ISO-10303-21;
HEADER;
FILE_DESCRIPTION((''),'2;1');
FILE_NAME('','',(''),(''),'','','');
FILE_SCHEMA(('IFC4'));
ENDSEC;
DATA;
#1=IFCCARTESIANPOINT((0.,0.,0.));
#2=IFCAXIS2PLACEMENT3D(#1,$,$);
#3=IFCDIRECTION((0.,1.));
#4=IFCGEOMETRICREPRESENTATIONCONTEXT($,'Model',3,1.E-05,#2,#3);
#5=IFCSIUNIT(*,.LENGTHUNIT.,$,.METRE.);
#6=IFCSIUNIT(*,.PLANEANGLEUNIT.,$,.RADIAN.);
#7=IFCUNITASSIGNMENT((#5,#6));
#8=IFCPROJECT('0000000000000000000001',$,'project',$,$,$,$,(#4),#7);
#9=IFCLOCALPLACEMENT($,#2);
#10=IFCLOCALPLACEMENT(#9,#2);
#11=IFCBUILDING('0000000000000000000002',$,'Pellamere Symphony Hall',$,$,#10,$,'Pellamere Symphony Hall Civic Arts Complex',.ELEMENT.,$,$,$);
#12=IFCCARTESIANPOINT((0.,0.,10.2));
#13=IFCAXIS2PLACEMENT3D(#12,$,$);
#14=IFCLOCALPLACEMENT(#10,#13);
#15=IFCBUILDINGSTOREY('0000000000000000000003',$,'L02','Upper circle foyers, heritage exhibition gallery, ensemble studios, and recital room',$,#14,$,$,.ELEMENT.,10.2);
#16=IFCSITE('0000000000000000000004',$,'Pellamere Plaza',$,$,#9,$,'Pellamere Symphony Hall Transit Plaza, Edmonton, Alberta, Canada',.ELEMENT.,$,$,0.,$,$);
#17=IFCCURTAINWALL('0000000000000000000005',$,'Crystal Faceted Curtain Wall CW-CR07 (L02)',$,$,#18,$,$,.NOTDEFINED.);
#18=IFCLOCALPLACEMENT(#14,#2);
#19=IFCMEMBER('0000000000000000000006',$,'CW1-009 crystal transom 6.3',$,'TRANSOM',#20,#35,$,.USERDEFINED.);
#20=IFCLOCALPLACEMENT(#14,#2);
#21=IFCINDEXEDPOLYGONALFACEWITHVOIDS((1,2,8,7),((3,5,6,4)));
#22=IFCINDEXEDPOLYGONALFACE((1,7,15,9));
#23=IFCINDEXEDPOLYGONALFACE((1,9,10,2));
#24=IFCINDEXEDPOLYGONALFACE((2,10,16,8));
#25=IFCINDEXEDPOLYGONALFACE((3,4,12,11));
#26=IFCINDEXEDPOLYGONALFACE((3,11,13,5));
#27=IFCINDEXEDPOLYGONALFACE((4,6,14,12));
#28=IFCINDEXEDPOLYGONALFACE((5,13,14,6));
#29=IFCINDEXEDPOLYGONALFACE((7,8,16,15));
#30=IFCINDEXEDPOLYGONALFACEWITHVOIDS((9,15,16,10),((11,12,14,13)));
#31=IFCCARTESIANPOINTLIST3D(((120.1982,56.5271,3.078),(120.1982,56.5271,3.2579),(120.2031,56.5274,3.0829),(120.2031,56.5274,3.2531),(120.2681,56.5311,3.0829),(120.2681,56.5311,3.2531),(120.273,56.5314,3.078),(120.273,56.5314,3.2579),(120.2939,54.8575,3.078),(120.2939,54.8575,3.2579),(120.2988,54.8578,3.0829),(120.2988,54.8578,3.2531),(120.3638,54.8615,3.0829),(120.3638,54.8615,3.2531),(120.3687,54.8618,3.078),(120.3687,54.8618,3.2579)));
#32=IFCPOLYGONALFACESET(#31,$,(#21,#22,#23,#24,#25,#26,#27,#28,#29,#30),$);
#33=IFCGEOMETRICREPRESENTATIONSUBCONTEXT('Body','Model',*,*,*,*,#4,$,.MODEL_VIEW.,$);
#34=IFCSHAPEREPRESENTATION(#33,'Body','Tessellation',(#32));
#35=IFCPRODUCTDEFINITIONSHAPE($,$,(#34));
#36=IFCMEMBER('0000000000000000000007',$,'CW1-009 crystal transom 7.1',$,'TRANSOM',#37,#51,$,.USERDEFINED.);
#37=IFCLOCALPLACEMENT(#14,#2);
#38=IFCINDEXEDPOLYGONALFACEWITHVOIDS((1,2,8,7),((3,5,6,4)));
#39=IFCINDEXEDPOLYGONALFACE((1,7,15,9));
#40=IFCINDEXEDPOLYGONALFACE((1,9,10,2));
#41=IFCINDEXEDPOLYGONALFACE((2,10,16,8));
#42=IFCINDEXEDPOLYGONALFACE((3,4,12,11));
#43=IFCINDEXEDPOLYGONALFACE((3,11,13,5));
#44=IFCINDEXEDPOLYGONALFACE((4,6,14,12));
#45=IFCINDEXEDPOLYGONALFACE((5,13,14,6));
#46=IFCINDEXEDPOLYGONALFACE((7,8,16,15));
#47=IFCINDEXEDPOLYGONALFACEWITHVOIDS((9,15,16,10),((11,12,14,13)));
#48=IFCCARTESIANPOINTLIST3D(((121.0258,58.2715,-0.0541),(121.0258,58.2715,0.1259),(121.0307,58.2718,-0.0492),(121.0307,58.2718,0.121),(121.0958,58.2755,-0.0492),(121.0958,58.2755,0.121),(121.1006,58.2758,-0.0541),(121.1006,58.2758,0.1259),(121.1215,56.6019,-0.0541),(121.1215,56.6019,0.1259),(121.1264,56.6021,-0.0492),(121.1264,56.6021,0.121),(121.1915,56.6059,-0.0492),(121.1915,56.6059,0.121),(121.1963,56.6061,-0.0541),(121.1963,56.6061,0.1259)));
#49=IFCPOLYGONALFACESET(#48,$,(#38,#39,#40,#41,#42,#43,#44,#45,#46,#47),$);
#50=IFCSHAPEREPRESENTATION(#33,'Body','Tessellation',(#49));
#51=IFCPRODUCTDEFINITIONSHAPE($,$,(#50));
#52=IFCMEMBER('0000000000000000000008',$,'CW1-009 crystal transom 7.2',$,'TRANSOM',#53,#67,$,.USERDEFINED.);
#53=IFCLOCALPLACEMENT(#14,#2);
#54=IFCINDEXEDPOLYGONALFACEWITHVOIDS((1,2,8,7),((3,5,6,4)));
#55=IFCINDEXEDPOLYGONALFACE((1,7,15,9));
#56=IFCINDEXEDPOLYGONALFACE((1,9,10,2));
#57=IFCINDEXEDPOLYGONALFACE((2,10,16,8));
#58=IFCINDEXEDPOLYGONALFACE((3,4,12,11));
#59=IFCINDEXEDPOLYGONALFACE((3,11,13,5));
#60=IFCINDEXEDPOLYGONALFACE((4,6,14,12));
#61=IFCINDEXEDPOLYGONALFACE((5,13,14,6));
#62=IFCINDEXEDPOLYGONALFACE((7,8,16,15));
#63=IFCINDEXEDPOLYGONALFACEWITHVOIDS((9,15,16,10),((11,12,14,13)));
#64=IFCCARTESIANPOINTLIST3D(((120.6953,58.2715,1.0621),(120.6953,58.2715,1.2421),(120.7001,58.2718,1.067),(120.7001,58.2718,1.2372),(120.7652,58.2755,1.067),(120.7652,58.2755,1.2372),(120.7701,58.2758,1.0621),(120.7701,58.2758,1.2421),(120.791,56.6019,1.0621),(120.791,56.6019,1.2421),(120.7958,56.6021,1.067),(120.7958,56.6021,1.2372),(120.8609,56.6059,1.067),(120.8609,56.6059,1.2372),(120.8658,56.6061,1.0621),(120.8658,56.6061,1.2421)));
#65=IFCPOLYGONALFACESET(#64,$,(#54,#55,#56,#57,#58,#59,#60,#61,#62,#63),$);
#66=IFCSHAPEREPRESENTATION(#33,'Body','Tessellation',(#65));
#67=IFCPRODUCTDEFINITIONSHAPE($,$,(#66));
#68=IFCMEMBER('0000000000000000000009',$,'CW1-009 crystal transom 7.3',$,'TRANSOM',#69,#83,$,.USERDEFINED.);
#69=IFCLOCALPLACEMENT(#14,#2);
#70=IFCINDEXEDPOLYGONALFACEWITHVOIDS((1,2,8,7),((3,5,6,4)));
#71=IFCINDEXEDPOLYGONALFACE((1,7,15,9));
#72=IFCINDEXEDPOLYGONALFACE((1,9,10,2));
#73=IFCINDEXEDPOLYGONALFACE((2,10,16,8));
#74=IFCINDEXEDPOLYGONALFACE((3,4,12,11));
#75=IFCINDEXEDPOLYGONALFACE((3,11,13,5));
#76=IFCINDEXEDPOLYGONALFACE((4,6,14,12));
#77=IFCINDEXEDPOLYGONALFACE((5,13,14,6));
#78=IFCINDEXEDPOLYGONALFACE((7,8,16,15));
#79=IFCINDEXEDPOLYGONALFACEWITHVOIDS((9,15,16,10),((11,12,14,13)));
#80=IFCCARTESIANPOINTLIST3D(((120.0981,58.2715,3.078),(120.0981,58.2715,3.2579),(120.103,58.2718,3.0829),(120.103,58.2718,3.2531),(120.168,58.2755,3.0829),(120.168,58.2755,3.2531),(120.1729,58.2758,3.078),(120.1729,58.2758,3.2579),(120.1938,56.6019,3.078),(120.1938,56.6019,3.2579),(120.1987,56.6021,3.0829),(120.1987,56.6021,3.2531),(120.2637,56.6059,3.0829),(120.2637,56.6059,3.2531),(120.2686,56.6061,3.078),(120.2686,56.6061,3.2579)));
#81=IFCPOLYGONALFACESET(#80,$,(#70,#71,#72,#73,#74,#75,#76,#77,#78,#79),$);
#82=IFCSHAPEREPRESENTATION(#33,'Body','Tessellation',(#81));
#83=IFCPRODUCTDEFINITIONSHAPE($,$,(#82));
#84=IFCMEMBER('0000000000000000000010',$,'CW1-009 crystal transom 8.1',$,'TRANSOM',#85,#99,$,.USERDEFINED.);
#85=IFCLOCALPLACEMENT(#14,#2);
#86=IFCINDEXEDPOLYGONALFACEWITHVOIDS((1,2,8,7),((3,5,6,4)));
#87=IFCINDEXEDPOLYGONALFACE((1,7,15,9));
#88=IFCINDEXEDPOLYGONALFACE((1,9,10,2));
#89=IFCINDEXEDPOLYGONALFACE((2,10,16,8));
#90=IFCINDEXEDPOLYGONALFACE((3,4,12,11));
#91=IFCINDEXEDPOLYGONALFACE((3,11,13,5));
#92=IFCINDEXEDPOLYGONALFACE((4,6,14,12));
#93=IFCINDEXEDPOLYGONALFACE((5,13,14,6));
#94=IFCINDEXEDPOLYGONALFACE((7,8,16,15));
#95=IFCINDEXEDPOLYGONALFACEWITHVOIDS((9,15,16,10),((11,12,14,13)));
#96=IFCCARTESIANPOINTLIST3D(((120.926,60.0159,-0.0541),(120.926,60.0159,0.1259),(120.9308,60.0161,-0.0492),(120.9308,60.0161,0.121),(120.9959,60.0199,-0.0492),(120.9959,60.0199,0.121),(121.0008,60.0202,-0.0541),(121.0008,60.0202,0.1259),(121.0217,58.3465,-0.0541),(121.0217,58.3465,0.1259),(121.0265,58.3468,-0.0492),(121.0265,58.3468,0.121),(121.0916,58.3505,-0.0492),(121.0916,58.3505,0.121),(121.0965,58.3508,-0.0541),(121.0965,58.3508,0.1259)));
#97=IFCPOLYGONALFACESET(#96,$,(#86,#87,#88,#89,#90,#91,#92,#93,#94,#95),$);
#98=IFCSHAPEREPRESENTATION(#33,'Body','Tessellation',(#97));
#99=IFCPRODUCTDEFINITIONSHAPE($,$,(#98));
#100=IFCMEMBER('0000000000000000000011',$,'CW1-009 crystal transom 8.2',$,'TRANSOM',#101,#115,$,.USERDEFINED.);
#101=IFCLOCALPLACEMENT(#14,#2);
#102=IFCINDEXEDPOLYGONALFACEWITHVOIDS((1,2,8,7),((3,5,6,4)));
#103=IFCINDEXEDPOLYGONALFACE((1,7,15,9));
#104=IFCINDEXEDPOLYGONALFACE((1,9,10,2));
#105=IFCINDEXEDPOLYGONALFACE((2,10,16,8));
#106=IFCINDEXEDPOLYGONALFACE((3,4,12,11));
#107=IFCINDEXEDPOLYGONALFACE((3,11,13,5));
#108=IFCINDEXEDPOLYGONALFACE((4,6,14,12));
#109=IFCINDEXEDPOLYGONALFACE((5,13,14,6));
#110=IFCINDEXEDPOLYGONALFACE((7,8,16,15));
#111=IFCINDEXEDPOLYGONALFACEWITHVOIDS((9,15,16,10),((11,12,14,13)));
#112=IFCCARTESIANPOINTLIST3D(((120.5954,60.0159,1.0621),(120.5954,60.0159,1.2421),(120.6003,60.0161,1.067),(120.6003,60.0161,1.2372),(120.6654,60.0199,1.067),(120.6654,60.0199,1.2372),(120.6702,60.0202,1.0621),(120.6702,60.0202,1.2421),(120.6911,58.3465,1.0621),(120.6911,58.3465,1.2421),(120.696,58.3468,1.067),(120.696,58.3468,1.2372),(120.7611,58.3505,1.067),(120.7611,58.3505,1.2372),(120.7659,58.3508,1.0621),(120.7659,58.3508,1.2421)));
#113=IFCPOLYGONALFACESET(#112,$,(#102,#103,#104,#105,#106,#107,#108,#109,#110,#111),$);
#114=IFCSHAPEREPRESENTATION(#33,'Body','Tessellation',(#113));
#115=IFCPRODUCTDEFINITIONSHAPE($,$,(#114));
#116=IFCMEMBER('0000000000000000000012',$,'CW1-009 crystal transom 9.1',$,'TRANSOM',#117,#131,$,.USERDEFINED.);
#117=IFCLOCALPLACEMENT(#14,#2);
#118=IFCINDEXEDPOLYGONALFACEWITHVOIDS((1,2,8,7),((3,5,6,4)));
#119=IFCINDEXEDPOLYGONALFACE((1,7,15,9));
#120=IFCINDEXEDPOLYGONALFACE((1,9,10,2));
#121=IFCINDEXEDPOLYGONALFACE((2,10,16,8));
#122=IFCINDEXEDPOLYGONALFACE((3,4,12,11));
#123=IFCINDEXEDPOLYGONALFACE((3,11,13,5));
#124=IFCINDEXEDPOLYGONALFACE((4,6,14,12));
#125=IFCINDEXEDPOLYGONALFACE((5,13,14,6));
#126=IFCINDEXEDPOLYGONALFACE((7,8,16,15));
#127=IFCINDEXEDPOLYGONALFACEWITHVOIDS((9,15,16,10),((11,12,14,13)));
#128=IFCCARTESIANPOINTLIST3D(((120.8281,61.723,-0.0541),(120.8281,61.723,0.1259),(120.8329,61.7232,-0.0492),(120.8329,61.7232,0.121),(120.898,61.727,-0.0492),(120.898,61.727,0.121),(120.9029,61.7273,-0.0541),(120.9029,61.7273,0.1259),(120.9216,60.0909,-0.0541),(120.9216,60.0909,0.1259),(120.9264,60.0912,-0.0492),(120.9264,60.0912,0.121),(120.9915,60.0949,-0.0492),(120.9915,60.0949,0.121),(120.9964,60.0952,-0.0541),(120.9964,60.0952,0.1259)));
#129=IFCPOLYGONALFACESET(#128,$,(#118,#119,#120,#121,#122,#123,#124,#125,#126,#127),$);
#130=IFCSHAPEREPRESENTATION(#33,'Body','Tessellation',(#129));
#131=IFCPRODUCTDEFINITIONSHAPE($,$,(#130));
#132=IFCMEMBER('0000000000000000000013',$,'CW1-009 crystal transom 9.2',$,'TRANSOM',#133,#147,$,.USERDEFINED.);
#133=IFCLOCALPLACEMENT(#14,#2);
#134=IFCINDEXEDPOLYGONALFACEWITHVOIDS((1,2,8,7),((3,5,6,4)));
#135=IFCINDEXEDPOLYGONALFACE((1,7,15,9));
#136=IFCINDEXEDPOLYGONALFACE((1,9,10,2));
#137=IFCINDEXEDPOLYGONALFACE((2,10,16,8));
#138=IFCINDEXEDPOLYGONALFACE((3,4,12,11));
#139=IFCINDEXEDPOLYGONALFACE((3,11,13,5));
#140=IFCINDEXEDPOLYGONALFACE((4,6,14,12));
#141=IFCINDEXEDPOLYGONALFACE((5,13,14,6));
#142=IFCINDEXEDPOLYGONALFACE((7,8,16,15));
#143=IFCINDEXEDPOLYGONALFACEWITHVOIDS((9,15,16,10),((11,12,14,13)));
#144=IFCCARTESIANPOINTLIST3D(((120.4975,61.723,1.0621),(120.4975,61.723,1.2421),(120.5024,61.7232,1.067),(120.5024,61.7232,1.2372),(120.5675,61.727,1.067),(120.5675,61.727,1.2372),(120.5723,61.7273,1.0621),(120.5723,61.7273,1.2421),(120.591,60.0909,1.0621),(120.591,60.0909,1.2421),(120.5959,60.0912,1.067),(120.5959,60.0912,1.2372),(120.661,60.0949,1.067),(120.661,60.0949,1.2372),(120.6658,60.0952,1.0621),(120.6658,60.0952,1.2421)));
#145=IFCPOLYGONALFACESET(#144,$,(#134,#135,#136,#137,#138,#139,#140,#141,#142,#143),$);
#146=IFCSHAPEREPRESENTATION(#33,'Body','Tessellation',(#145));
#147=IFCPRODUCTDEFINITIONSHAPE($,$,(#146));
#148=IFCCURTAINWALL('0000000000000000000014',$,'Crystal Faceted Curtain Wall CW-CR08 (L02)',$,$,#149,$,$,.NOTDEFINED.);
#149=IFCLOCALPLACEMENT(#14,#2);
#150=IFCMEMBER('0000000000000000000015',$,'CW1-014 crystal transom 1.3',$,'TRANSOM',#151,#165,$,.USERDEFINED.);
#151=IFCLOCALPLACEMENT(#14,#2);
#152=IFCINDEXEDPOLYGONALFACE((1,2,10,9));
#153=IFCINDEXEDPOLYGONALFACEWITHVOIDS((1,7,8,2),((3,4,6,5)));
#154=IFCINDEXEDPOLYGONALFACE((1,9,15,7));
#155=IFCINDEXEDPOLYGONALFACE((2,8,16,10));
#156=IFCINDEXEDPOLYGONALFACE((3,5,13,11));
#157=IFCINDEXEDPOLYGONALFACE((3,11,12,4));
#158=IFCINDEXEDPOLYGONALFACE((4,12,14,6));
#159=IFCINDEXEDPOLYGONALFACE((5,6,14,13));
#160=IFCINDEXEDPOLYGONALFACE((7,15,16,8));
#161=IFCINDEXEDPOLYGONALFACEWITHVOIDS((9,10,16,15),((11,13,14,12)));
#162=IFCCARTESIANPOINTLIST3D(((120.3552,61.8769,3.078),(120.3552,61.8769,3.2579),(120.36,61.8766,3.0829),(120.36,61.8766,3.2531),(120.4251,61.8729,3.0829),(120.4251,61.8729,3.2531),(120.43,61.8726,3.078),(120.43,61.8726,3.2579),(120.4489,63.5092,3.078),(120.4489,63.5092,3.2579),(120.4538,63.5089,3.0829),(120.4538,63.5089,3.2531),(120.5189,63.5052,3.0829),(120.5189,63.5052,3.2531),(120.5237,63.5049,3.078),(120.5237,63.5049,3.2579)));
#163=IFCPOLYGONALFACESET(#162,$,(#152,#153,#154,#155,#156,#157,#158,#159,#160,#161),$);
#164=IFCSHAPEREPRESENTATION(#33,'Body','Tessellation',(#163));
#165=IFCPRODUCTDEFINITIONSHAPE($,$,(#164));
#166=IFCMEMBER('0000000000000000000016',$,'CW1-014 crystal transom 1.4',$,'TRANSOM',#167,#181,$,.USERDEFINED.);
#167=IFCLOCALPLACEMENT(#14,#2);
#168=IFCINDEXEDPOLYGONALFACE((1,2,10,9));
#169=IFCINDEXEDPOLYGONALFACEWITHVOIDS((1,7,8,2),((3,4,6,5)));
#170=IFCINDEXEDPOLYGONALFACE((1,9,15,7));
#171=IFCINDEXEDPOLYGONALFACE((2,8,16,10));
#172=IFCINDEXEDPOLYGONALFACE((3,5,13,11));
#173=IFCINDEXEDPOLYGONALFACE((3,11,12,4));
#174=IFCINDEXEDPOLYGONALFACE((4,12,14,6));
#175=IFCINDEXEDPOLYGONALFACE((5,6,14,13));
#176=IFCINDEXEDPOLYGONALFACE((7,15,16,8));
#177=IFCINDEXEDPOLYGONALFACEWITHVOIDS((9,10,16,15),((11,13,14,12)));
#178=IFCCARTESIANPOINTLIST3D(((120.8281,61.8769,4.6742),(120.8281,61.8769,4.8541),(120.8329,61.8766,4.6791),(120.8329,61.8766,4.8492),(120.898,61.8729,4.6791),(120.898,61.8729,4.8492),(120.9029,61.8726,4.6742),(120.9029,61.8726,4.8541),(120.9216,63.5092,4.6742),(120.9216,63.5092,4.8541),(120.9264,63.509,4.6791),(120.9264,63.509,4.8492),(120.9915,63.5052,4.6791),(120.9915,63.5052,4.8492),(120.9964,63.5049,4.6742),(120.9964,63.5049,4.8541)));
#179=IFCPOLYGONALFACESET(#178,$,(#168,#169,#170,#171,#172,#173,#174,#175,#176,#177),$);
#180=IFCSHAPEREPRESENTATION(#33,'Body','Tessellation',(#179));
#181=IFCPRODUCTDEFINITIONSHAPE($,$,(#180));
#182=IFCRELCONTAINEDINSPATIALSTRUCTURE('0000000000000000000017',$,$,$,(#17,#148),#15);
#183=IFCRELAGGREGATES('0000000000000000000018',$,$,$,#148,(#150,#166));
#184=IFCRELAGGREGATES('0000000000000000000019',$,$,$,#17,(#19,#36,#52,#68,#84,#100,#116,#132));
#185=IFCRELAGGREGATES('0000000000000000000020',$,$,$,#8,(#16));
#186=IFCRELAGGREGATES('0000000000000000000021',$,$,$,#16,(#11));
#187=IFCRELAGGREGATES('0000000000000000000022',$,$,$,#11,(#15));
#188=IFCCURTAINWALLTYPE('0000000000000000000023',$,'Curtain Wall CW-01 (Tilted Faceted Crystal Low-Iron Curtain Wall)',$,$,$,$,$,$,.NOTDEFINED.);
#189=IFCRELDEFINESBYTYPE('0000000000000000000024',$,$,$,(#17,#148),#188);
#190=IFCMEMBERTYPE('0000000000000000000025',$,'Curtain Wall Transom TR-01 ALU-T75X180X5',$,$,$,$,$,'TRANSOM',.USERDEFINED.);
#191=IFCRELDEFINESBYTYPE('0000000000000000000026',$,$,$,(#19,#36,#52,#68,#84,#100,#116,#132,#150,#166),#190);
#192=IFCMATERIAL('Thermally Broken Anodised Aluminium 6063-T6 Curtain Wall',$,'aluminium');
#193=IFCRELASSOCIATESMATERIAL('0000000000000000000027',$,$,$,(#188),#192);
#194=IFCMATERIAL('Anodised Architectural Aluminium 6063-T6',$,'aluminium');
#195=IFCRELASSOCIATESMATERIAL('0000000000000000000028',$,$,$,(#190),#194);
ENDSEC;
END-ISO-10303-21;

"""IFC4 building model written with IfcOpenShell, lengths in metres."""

from ifc_helpers import new_model, si_unit, direction, frame, origin, origin_2d, place, context, subcontext, project, spatial, hollow_rectangle, extrude, material, material_profile, profile_set, type_object, element, aggregate, save


model = new_model("IFC4")

# Units and contexts
model_context = context("Model", 3, precision=1e-05, world=origin(), true_north=direction((0.0, 1.0)))
body_context = subcontext(model_context, "Body", "Model", "MODEL_VIEW")
ifc_project = project(units=[si_unit("LENGTHUNIT", "METRE"), si_unit("PLANEANGLEUNIT", "RADIAN")], contexts=[model_context])

# Site, building, storey
site_placement = place(None, origin())
site = spatial("IfcSite", under=ifc_project, at=site_placement, Name="Pellamere Plaza", LongName="Pellamere Symphony Hall Transit Plaza, Edmonton, Alberta, Canada", CompositionType="ELEMENT", RefElevation=0.0)
building_placement = place(site_placement, origin())
building = spatial("IfcBuilding", under=site, at=building_placement, Name="Pellamere Symphony Hall", LongName="Pellamere Symphony Hall Civic Arts Complex", CompositionType="ELEMENT")
storey_placement = place(building_placement, frame((0.0, 0.0, 10.2)))
storey = spatial("IfcBuildingStorey", under=building, at=storey_placement, Name="L02", Description="Upper circle foyers, heritage exhibition gallery, ensemble studios, and recital room", CompositionType="ELEMENT", Elevation=10.2)

# Curtain wall
ifc_material_1 = material(Name="Thermally Broken Anodised Aluminium 6063-T6 Curtain Wall", Category="aluminium")
curtain_wall_type_1 = type_object("IfcCurtainWallType", Name="Curtain Wall CW-01 (Tilted Faceted Crystal Low-Iron Curtain Wall)", PredefinedType="NOTDEFINED", material=ifc_material_1)
curtain_wall_1_placement = place(storey_placement, origin())
curtain_wall_1 = element("IfcCurtainWall", 1, at=curtain_wall_1_placement, inside=storey, type_object=curtain_wall_type_1, Name="Crystal Faceted Curtain Wall CW-CR07 (L02)", PredefinedType="NOTDEFINED")
ifc_material_2 = material(Name="Anodised Architectural Aluminium 6063-T6", Category="aluminium")

# Members
ifc_material_profile_1 = material_profile(ifc_material_2, hollow_rectangle(XDim=0.075, YDim=0.1799, WallThickness=0.0049, at=origin_2d()), Name="ALU-T75X180X5")
ifc_profile_set_1 = profile_set([ifc_material_profile_1], Name="Anodised Architectural Aluminium 6063-T6")
member_type_1 = type_object("IfcMemberType", Name="Curtain Wall Transom TR-01 ALU-T75X180X5", ElementType="TRANSOM", PredefinedType="USERDEFINED", material=ifc_profile_set_1)
member_1_placement = place(storey_placement, frame((120.3313, 54.8596, 3.168), z_axis=(-0.057224, 0.998361, 0.0), x_axis=(-0.998361, -0.057224, 0.0)))
member_1 = element("IfcMember", 2, at=member_1_placement, type_object=member_type_1, Name="CW1-009 crystal transom 6.3", ObjectType="TRANSOM", PredefinedType="USERDEFINED", context=body_context, shape_type="SweptSolid", body=[
    extrude(hollow_rectangle(XDim=0.075, YDim=0.1799, WallThickness=0.0049, at=origin_2d()), origin(), (0.0, 0.0, 1.0), 1.6724),
])
member_2_placement = place(storey_placement, frame((121.1589, 56.604, 0.0359), z_axis=(-0.057224, 0.998361, 0.0), x_axis=(-0.998361, -0.057224, 0.0)))
member_2 = element("IfcMember", 3, at=member_2_placement, type_object=member_type_1, Name="CW1-009 crystal transom 7.1", ObjectType="TRANSOM", PredefinedType="USERDEFINED", context=body_context, shape_type="SweptSolid", body=[
    extrude(hollow_rectangle(XDim=0.075, YDim=0.1799, WallThickness=0.0049, at=origin_2d()), origin(), (0.0, 0.0, 1.0), 1.6724),
])
member_3_placement = place(storey_placement, frame((120.8284, 56.604, 1.1521), z_axis=(-0.057224, 0.998361, 0.0), x_axis=(-0.998361, -0.057224, 0.0)))
member_3 = element("IfcMember", 4, at=member_3_placement, type_object=member_type_1, Name="CW1-009 crystal transom 7.2", ObjectType="TRANSOM", PredefinedType="USERDEFINED", context=body_context, shape_type="SweptSolid", body=[
    extrude(hollow_rectangle(XDim=0.075, YDim=0.1799, WallThickness=0.0049, at=origin_2d()), origin(), (0.0, 0.0, 1.0), 1.6724),
])
member_4_placement = place(storey_placement, frame((120.2312, 56.604, 3.168), z_axis=(-0.057224, 0.998361, 0.0), x_axis=(-0.998361, -0.057224, 0.0)))
member_4 = element("IfcMember", 5, at=member_4_placement, type_object=member_type_1, Name="CW1-009 crystal transom 7.3", ObjectType="TRANSOM", PredefinedType="USERDEFINED", context=body_context, shape_type="SweptSolid", body=[
    extrude(hollow_rectangle(XDim=0.075, YDim=0.1799, WallThickness=0.0049, at=origin_2d()), origin(), (0.0, 0.0, 1.0), 1.6724),
])
member_5_placement = place(storey_placement, frame((121.0591, 58.3486, 0.0359), z_axis=(-0.057233, 0.998361, 0.0), x_axis=(-0.998361, -0.057233, 0.0)))
member_5 = element("IfcMember", 6, at=member_5_placement, type_object=member_type_1, Name="CW1-009 crystal transom 8.1", ObjectType="TRANSOM", PredefinedType="USERDEFINED", context=body_context, shape_type="SweptSolid", body=[
    extrude(hollow_rectangle(XDim=0.075, YDim=0.1799, WallThickness=0.0049, at=origin_2d()), origin(), (0.0, 0.0, 1.0), 1.6721),
])
member_6_placement = place(storey_placement, frame((120.7285, 58.3486, 1.1521), z_axis=(-0.057233, 0.998361, 0.0), x_axis=(-0.998361, -0.057233, 0.0)))
member_6 = element("IfcMember", 7, at=member_6_placement, type_object=member_type_1, Name="CW1-009 crystal transom 8.2", ObjectType="TRANSOM", PredefinedType="USERDEFINED", context=body_context, shape_type="SweptSolid", body=[
    extrude(hollow_rectangle(XDim=0.075, YDim=0.1799, WallThickness=0.0049, at=origin_2d()), origin(), (0.0, 0.0, 1.0), 1.6721),
])
member_7_placement = place(storey_placement, frame((120.959, 60.093, 0.0359), z_axis=(-0.057199, 0.998363, 0.0), x_axis=(-0.998363, -0.057199, 0.0)))
member_7 = element("IfcMember", 8, at=member_7_placement, type_object=member_type_1, Name="CW1-009 crystal transom 9.1", ObjectType="TRANSOM", PredefinedType="USERDEFINED", context=body_context, shape_type="SweptSolid", body=[
    extrude(hollow_rectangle(XDim=0.075, YDim=0.1799, WallThickness=0.0049, at=origin_2d()), origin(), (0.0, 0.0, 1.0), 1.6348),
])
member_8_placement = place(storey_placement, frame((120.6284, 60.093, 1.1521), z_axis=(-0.057199, 0.998363, 0.0), x_axis=(-0.998363, -0.057199, 0.0)))
member_8 = element("IfcMember", 9, at=member_8_placement, type_object=member_type_1, Name="CW1-009 crystal transom 9.2", ObjectType="TRANSOM", PredefinedType="USERDEFINED", context=body_context, shape_type="SweptSolid", body=[
    extrude(hollow_rectangle(XDim=0.075, YDim=0.1799, WallThickness=0.0049, at=origin_2d()), origin(), (0.0, 0.0, 1.0), 1.6348),
])

# Curtain wall, members
curtain_wall_2_placement = place(storey_placement, origin())
curtain_wall_2 = element("IfcCurtainWall", 10, at=curtain_wall_2_placement, inside=storey, type_object=curtain_wall_type_1, Name="Crystal Faceted Curtain Wall CW-CR08 (L02)", PredefinedType="NOTDEFINED")
member_9_placement = place(storey_placement, frame((120.3926, 61.8748, 3.168), z_axis=(0.057339, 0.998355, 0.0), x_axis=(-0.998355, 0.057339, 0.0)))
member_9 = element("IfcMember", 11, at=member_9_placement, type_object=member_type_1, Name="CW1-014 crystal transom 1.3", ObjectType="TRANSOM", PredefinedType="USERDEFINED", context=body_context, shape_type="SweptSolid", body=[
    extrude(hollow_rectangle(XDim=0.075, YDim=0.1799, WallThickness=0.0049, at=origin_2d()), origin(), (0.0, 0.0, 1.0), 1.635),
])
member_10_placement = place(storey_placement, frame((120.8655, 61.8748, 4.7642), z_axis=(0.05719, 0.998363, 0.0), x_axis=(-0.998363, 0.05719, 0.0)))
member_10 = element("IfcMember", 12, at=member_10_placement, type_object=member_type_1, Name="CW1-014 crystal transom 1.4", ObjectType="TRANSOM", PredefinedType="USERDEFINED", context=body_context, shape_type="SweptSolid", body=[
    extrude(hollow_rectangle(XDim=0.075, YDim=0.1799, WallThickness=0.0049, at=origin_2d()), origin(), (0.0, 0.0, 1.0), 1.635),
])

aggregate(curtain_wall_2, [member_9, member_10])
aggregate(curtain_wall_1, [member_1, member_2, member_3, member_4, member_5, member_6, member_7, member_8])

save(model, "model.ifc")
